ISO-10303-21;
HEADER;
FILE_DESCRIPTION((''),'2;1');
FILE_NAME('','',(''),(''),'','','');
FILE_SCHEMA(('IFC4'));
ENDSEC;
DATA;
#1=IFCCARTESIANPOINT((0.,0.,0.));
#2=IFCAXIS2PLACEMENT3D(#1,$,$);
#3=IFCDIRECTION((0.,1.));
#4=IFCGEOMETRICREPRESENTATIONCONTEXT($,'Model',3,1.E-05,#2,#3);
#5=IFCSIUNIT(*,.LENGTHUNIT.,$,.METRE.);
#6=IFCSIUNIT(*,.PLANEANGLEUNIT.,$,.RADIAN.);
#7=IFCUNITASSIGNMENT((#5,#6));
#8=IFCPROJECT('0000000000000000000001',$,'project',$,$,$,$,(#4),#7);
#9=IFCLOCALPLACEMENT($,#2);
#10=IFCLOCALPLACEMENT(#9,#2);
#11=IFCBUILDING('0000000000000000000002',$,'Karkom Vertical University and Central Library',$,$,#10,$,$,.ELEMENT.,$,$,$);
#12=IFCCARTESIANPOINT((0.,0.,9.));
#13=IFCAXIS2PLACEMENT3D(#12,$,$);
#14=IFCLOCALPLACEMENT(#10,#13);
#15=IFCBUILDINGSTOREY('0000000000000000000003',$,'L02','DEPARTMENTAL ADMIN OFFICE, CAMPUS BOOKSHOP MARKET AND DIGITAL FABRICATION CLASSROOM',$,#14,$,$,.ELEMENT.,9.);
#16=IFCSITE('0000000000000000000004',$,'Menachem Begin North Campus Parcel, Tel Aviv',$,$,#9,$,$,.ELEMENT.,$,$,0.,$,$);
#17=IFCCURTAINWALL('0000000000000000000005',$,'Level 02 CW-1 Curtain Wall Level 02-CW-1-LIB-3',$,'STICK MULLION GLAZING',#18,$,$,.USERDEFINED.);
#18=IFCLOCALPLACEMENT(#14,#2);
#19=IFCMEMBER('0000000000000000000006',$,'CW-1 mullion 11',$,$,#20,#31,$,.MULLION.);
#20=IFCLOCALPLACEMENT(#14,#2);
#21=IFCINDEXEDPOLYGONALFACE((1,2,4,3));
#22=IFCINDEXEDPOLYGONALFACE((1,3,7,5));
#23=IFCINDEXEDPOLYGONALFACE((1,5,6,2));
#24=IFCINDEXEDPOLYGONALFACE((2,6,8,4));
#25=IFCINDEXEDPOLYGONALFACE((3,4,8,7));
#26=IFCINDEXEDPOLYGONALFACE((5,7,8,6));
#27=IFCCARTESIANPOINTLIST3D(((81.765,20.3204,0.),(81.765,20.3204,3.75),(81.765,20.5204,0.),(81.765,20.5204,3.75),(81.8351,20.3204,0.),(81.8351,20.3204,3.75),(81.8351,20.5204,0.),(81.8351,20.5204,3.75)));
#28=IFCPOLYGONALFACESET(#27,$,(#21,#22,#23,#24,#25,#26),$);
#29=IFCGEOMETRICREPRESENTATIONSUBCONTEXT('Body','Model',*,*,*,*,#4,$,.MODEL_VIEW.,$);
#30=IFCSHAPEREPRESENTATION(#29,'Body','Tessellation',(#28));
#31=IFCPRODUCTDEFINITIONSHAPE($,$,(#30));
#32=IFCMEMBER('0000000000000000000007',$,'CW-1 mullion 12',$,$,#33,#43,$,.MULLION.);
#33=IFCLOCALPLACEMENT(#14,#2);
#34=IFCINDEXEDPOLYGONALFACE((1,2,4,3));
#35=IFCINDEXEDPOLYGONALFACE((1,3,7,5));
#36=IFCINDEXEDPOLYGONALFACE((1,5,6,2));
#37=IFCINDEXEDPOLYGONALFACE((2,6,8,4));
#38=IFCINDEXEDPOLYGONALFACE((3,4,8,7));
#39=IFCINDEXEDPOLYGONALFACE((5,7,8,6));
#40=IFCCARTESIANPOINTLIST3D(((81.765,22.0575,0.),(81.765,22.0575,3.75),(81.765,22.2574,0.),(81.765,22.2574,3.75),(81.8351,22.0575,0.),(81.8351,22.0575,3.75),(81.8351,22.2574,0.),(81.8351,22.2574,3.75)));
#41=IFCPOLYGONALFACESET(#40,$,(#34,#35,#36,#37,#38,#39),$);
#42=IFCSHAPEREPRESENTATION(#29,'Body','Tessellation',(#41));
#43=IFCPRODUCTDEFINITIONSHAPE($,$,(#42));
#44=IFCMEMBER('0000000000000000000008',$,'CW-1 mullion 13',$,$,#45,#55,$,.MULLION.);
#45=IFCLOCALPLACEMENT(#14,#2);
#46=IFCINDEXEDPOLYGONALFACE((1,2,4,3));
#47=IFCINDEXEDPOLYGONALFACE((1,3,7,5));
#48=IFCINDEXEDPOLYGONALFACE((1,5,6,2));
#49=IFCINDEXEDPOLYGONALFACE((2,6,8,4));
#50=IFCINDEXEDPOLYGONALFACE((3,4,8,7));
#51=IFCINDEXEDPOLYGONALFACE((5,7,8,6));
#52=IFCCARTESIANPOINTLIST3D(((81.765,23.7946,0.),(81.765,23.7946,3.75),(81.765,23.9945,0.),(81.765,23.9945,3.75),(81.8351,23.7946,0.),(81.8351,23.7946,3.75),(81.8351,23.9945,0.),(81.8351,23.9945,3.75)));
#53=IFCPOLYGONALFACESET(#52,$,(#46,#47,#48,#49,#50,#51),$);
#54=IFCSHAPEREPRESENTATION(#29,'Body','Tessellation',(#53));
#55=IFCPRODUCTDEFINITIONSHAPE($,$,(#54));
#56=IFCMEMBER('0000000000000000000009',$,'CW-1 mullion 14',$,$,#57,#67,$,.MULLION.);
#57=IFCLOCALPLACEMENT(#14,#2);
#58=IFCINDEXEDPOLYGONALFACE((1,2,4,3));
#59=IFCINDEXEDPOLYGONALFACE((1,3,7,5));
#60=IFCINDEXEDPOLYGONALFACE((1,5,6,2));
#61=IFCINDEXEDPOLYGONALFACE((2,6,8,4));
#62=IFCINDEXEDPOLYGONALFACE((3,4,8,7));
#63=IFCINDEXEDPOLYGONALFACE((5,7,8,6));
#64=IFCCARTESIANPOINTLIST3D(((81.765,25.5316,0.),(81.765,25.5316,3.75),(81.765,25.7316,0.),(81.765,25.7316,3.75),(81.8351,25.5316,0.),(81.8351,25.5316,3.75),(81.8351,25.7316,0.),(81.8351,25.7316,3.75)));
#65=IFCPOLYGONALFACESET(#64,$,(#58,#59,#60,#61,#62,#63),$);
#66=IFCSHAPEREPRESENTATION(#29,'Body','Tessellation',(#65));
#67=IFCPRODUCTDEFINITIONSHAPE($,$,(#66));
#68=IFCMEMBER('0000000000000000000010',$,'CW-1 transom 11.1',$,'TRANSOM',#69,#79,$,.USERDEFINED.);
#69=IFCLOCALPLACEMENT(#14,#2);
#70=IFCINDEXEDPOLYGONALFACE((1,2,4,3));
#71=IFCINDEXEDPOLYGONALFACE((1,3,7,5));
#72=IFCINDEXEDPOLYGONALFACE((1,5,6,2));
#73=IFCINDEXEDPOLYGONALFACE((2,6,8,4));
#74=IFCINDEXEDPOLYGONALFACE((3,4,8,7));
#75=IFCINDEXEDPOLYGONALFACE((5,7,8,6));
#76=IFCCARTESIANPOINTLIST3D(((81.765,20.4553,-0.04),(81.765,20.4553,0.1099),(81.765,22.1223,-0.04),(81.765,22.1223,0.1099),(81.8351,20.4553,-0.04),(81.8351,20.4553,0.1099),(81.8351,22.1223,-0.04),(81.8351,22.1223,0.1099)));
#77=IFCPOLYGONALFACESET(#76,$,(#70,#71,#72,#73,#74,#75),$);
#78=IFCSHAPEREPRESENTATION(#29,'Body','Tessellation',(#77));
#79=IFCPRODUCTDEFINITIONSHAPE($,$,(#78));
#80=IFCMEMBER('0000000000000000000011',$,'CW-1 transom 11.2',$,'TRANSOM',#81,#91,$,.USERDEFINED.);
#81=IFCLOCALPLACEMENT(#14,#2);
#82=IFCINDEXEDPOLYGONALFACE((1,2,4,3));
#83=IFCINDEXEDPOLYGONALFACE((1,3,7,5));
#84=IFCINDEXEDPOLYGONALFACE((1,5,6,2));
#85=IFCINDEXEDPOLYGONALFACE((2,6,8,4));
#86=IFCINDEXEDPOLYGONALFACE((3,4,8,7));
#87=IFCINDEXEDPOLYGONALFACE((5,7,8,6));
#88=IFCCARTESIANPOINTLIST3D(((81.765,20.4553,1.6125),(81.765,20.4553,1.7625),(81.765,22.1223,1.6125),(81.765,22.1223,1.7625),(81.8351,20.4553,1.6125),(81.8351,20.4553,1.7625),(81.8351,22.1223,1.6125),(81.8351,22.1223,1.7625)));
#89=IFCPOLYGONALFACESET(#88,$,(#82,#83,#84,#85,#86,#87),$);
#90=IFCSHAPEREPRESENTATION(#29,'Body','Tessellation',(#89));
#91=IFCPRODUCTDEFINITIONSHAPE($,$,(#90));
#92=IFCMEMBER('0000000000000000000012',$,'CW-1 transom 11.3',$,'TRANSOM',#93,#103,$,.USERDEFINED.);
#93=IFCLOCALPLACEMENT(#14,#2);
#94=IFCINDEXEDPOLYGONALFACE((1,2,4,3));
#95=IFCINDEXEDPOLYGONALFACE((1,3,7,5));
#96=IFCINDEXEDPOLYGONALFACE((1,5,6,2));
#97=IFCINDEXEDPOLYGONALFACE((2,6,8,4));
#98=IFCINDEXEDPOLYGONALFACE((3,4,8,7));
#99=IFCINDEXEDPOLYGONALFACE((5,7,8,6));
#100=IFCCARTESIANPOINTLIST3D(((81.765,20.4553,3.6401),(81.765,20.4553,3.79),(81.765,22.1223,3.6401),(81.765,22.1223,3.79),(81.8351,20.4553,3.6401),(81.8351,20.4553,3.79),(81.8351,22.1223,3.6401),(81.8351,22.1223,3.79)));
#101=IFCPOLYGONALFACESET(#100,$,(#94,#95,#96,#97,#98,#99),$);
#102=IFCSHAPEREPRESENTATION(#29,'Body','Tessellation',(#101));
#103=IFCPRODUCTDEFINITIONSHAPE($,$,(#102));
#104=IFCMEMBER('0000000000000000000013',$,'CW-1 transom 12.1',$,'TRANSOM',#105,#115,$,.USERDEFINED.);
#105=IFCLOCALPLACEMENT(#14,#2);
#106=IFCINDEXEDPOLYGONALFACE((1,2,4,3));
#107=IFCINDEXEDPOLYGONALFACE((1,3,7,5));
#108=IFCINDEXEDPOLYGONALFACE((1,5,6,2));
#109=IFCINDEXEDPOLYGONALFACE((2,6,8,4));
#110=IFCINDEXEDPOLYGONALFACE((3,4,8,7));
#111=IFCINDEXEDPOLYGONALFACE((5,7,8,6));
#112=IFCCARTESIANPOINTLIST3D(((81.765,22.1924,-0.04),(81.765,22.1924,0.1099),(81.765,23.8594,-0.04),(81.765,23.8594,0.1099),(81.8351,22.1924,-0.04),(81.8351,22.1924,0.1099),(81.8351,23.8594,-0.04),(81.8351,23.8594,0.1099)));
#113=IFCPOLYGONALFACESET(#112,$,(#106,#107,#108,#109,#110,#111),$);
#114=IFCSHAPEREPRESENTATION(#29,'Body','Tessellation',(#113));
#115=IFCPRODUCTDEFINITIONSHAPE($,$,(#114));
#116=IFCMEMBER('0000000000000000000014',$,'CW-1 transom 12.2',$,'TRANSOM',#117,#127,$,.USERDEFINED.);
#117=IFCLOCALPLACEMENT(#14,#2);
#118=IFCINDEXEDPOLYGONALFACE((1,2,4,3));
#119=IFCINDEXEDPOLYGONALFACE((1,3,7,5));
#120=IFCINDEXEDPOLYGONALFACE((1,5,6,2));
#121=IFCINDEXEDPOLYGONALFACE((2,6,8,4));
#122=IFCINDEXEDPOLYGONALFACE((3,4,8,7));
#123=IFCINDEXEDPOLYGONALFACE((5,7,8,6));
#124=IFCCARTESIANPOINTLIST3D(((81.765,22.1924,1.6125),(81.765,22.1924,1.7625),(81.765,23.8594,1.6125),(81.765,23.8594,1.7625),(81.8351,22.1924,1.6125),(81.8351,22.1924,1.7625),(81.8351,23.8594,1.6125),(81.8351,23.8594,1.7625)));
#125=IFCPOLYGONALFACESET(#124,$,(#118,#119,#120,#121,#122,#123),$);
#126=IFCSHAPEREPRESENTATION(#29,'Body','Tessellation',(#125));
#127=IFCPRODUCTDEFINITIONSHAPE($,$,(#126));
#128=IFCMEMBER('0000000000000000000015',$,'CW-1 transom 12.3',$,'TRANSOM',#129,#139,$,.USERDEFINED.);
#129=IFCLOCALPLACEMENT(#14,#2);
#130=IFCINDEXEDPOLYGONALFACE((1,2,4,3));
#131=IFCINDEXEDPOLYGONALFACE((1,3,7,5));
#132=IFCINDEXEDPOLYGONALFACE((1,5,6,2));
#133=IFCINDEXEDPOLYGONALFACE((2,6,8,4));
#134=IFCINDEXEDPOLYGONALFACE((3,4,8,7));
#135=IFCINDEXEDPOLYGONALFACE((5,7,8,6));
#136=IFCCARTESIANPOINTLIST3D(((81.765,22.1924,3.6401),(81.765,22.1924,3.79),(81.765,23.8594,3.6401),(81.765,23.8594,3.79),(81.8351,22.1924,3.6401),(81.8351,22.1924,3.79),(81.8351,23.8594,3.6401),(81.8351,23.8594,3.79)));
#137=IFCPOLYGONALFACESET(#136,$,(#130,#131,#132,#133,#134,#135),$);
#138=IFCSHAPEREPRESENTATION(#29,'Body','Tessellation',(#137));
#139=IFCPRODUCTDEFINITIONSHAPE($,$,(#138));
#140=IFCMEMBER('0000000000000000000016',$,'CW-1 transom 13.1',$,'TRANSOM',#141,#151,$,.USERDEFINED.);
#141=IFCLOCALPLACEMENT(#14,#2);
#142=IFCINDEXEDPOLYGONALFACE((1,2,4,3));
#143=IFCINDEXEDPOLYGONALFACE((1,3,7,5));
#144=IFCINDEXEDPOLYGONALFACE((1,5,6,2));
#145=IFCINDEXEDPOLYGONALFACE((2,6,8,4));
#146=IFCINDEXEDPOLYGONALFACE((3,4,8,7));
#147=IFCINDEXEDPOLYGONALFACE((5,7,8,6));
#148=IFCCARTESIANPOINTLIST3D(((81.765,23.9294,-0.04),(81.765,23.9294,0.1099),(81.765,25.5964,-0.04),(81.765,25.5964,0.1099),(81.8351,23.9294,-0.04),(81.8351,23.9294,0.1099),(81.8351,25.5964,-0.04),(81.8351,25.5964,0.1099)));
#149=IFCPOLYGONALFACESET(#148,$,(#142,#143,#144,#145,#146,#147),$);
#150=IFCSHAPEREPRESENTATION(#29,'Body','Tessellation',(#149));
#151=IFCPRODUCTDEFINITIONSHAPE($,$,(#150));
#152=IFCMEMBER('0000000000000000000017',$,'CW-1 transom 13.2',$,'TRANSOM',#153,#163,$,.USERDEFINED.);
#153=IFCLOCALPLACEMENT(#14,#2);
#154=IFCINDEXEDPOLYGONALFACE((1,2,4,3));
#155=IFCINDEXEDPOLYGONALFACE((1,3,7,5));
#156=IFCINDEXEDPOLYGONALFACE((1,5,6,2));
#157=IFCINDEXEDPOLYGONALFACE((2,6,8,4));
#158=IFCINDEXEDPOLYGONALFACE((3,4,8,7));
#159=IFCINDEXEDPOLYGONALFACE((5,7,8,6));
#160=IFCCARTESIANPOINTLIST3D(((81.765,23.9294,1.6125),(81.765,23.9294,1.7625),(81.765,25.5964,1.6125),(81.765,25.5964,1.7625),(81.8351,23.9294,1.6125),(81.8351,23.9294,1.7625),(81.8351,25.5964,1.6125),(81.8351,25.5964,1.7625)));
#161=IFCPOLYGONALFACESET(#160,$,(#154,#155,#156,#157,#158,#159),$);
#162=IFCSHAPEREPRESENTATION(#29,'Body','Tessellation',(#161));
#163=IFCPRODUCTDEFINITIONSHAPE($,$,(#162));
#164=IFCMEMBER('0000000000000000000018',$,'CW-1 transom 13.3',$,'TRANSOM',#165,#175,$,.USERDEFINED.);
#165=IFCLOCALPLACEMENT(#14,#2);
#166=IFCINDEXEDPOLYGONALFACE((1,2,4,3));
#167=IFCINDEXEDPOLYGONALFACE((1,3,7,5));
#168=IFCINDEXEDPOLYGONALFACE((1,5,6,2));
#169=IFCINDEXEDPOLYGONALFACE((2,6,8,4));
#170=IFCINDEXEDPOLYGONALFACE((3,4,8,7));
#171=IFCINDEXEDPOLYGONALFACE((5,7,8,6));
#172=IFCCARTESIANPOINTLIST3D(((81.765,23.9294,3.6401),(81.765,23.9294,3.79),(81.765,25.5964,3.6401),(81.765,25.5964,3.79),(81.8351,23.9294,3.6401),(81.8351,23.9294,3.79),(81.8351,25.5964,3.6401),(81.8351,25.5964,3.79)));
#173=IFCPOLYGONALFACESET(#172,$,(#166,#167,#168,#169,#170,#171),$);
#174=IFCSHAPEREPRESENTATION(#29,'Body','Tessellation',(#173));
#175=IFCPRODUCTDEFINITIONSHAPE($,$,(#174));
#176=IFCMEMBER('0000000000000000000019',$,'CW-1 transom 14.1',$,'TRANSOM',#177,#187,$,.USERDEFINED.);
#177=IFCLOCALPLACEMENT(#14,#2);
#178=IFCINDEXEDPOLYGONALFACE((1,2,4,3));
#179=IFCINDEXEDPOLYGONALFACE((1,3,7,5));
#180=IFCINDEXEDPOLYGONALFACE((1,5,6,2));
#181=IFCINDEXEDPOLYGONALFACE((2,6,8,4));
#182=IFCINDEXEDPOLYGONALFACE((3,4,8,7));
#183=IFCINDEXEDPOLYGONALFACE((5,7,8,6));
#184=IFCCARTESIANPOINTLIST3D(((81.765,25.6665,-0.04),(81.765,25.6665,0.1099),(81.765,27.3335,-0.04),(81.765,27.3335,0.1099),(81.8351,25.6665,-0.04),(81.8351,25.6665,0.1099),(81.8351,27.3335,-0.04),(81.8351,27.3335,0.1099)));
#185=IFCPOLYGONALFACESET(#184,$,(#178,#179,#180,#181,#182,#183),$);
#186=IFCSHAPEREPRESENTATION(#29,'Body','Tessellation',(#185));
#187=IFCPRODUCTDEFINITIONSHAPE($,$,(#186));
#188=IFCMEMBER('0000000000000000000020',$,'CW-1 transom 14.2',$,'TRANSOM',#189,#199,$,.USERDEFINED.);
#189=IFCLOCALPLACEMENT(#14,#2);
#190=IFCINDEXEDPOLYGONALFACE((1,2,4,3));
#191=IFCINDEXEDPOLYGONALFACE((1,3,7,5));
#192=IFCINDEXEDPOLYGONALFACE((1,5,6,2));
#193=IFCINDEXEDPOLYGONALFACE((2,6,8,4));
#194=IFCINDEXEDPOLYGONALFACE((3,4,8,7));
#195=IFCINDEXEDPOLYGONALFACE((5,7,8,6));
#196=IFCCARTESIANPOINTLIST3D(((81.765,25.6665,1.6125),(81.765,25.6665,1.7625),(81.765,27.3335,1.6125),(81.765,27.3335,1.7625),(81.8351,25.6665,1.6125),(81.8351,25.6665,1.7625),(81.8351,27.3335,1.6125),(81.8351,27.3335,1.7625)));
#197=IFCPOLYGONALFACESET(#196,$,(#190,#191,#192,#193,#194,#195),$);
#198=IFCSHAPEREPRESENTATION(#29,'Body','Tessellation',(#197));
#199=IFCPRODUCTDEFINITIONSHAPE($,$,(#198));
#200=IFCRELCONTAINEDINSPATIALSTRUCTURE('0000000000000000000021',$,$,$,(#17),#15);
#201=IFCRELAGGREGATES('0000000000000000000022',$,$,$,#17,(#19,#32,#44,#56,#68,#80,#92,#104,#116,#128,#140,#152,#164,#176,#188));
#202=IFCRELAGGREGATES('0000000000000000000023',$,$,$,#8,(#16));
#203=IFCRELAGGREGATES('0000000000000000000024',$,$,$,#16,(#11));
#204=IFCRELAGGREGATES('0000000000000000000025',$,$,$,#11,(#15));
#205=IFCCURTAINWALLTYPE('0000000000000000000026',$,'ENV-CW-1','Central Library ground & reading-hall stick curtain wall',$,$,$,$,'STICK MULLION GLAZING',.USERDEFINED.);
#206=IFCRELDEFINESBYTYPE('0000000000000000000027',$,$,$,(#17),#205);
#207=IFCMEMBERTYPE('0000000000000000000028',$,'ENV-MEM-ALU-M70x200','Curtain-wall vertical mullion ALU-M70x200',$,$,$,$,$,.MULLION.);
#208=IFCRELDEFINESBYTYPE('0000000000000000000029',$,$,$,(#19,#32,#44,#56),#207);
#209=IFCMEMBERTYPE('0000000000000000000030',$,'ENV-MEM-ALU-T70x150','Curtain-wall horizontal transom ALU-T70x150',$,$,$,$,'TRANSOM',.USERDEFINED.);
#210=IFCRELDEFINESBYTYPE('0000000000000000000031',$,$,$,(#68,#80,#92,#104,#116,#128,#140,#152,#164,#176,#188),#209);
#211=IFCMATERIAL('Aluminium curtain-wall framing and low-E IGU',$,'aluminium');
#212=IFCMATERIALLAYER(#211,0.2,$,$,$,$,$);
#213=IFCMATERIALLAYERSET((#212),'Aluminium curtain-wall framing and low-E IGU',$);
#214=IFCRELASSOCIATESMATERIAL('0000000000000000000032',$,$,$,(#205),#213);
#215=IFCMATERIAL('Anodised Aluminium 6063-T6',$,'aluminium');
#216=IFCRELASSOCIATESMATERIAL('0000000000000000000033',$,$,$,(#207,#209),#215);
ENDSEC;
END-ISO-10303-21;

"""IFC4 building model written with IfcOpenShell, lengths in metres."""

from ifc_helpers import new_model, si_unit, direction, frame, origin, origin_with_axes, origin_2d, place, context, subcontext, project, spatial, rectangle, extrude, source, transform, mapped, material, layer, layer_set, material_profile, profile_set, type_object, element, aggregate, save


model = new_model("IFC4")

# Units and contexts
model_context = context("Model", 3, precision=1e-05, world=origin(), true_north=direction((0.0, 1.0)))
body_context = subcontext(model_context, "Body", "Model", "MODEL_VIEW")
ifc_project = project(units=[si_unit("LENGTHUNIT", "METRE"), si_unit("PLANEANGLEUNIT", "RADIAN")], contexts=[model_context])

# Site, building, storey
site_placement = place(None, origin())
site = spatial("IfcSite", under=ifc_project, at=site_placement, Name="Menachem Begin North Campus Parcel, Tel Aviv", CompositionType="ELEMENT", RefElevation=0.0)
building_placement = place(site_placement, origin())
building = spatial("IfcBuilding", under=site, at=building_placement, Name="Karkom Vertical University and Central Library", CompositionType="ELEMENT")
storey_placement = place(building_placement, frame((0.0, 0.0, 9.0)))
storey = spatial("IfcBuildingStorey", under=building, at=storey_placement, Name="L02", Description="DEPARTMENTAL ADMIN OFFICE, CAMPUS BOOKSHOP MARKET AND DIGITAL FABRICATION CLASSROOM", CompositionType="ELEMENT", Elevation=9.0)

# Curtain wall, members
ifc_material_1 = material(Name="Aluminium curtain-wall framing and low-E IGU", Category="aluminium")
ifc_layer_1 = layer(ifc_material_1, 0.2)
ifc_layer_set_1 = layer_set([ifc_layer_1], Name="Aluminium curtain-wall framing and low-E IGU")
curtain_wall_type = type_object("IfcCurtainWallType", Name="ENV-CW-1", Description="Central Library ground & reading-hall stick curtain wall", ElementType="STICK MULLION GLAZING", PredefinedType="USERDEFINED", material=ifc_layer_set_1)
curtain_wall_placement = place(storey_placement, origin())
curtain_wall = element("IfcCurtainWall", 1, at=curtain_wall_placement, inside=storey, type_object=curtain_wall_type, Name="Level 02 CW-1 Curtain Wall Level 02-CW-1-LIB-3", ObjectType="STICK MULLION GLAZING", PredefinedType="USERDEFINED")
ifc_material_2 = material(Name="Anodised Aluminium 6063-T6", Category="aluminium")
ifc_material_profile_1 = material_profile(ifc_material_2, rectangle(XDim=0.0701, YDim=0.2, at=origin_2d()), Name="ALU-M70x200")
ifc_profile_set_1 = profile_set([ifc_material_profile_1], Name="Anodised Aluminium 6063-T6")
member_type_1 = type_object("IfcMemberType", Name="ENV-MEM-ALU-M70x200", Description="Curtain-wall vertical mullion ALU-M70x200", PredefinedType="MULLION", material=ifc_profile_set_1)
shared_shape_1 = source(origin_with_axes(), body_context, "Body", "SweptSolid", [
    extrude(rectangle(XDim=0.0701, YDim=0.2, at=origin_2d()), origin(), (0.0, 0.0, 1.0), 3.75),
])
member_1_placement = place(storey_placement, frame((81.8, 20.4204, 0.0), z_axis=(0.0, 0.0, 1.0), x_axis=(-1.0, 0.0, 0.0)))
member_1 = element("IfcMember", 2, at=member_1_placement, type_object=member_type_1, Name="CW-1 mullion 11", PredefinedType="MULLION", context=body_context, shape_type="MappedRepresentation", body=[
    mapped(shared_shape_1, transform((0.0, 0.0, 0.0), scale=1.0)),
])
member_2_placement = place(storey_placement, frame((81.8, 22.1575, 0.0), z_axis=(0.0, 0.0, 1.0), x_axis=(-1.0, 0.0, 0.0)))
member_2 = element("IfcMember", 3, at=member_2_placement, type_object=member_type_1, Name="CW-1 mullion 12", PredefinedType="MULLION", context=body_context, shape_type="MappedRepresentation", body=[
    mapped(shared_shape_1, transform((0.0, 0.0, 0.0), scale=1.0)),
])
member_3_placement = place(storey_placement, frame((81.8, 23.8945, 0.0), z_axis=(0.0, 0.0, 1.0), x_axis=(-1.0, 0.0, 0.0)))
member_3 = element("IfcMember", 4, at=member_3_placement, type_object=member_type_1, Name="CW-1 mullion 13", PredefinedType="MULLION", context=body_context, shape_type="MappedRepresentation", body=[
    mapped(shared_shape_1, transform((0.0, 0.0, 0.0), scale=1.0)),
])
member_4_placement = place(storey_placement, frame((81.8, 25.6316, 0.0), z_axis=(0.0, 0.0, 1.0), x_axis=(-1.0, 0.0, 0.0)))
member_4 = element("IfcMember", 5, at=member_4_placement, type_object=member_type_1, Name="CW-1 mullion 14", PredefinedType="MULLION", context=body_context, shape_type="MappedRepresentation", body=[
    mapped(shared_shape_1, transform((0.0, 0.0, 0.0), scale=1.0)),
])
ifc_material_profile_2 = material_profile(ifc_material_2, rectangle(XDim=0.0701, YDim=0.1499, at=origin_2d()), Name="ALU-T70x150")
ifc_profile_set_2 = profile_set([ifc_material_profile_2], Name="Anodised Aluminium 6063-T6")
member_type_2 = type_object("IfcMemberType", Name="ENV-MEM-ALU-T70x150", Description="Curtain-wall horizontal transom ALU-T70x150", ElementType="TRANSOM", PredefinedType="USERDEFINED", material=ifc_profile_set_2)
shared_shape_2 = source(origin_with_axes(), body_context, "Body", "SweptSolid", [
    extrude(rectangle(XDim=0.0701, YDim=0.1499, at=origin_2d()), origin(), (0.0, 0.0, 1.0), 1.667),
])
member_5_placement = place(storey_placement, frame((81.8, 20.4553, 0.0349), z_axis=(0.0, 1.0, 0.0), x_axis=(-1.0, 0.0, 0.0)))
member_5 = element("IfcMember", 6, at=member_5_placement, type_object=member_type_2, Name="CW-1 transom 11.1", ObjectType="TRANSOM", PredefinedType="USERDEFINED", context=body_context, shape_type="MappedRepresentation", body=[
    mapped(shared_shape_2, transform((0.0, 0.0, 0.0), scale=1.0)),
])
member_6_placement = place(storey_placement, frame((81.8, 20.4553, 1.6875), z_axis=(0.0, 1.0, 0.0), x_axis=(-1.0, 0.0, 0.0)))
member_6 = element("IfcMember", 7, at=member_6_placement, type_object=member_type_2, Name="CW-1 transom 11.2", ObjectType="TRANSOM", PredefinedType="USERDEFINED", context=body_context, shape_type="MappedRepresentation", body=[
    mapped(shared_shape_2, transform((0.0, 0.0, 0.0), scale=1.0)),
])
member_7_placement = place(storey_placement, frame((81.8, 20.4553, 3.7151), z_axis=(0.0, 1.0, 0.0), x_axis=(-1.0, 0.0, 0.0)))
member_7 = element("IfcMember", 8, at=member_7_placement, type_object=member_type_2, Name="CW-1 transom 11.3", ObjectType="TRANSOM", PredefinedType="USERDEFINED", context=body_context, shape_type="MappedRepresentation", body=[
    mapped(shared_shape_2, transform((0.0, 0.0, 0.0), scale=1.0)),
])
member_8_placement = place(storey_placement, frame((81.8, 22.1924, 0.0349), z_axis=(0.0, 1.0, 0.0), x_axis=(-1.0, 0.0, 0.0)))
member_8 = element("IfcMember", 9, at=member_8_placement, type_object=member_type_2, Name="CW-1 transom 12.1", ObjectType="TRANSOM", PredefinedType="USERDEFINED", context=body_context, shape_type="MappedRepresentation", body=[
    mapped(shared_shape_2, transform((0.0, 0.0, 0.0), scale=1.0)),
])
member_9_placement = place(storey_placement, frame((81.8, 22.1924, 1.6875), z_axis=(0.0, 1.0, 0.0), x_axis=(-1.0, 0.0, 0.0)))
member_9 = element("IfcMember", 10, at=member_9_placement, type_object=member_type_2, Name="CW-1 transom 12.2", ObjectType="TRANSOM", PredefinedType="USERDEFINED", context=body_context, shape_type="MappedRepresentation", body=[
    mapped(shared_shape_2, transform((0.0, 0.0, 0.0), scale=1.0)),
])
member_10_placement = place(storey_placement, frame((81.8, 22.1924, 3.7151), z_axis=(0.0, 1.0, 0.0), x_axis=(-1.0, 0.0, 0.0)))
member_10 = element("IfcMember", 11, at=member_10_placement, type_object=member_type_2, Name="CW-1 transom 12.3", ObjectType="TRANSOM", PredefinedType="USERDEFINED", context=body_context, shape_type="MappedRepresentation", body=[
    mapped(shared_shape_2, transform((0.0, 0.0, 0.0), scale=1.0)),
])
member_11_placement = place(storey_placement, frame((81.8, 23.9294, 0.0349), z_axis=(0.0, 1.0, 0.0), x_axis=(-1.0, 0.0, 0.0)))
member_11 = element("IfcMember", 12, at=member_11_placement, type_object=member_type_2, Name="CW-1 transom 13.1", ObjectType="TRANSOM", PredefinedType="USERDEFINED", context=body_context, shape_type="MappedRepresentation", body=[
    mapped(shared_shape_2, transform((0.0, 0.0, 0.0), scale=1.0)),
])
member_12_placement = place(storey_placement, frame((81.8, 23.9294, 1.6875), z_axis=(0.0, 1.0, 0.0), x_axis=(-1.0, 0.0, 0.0)))
member_12 = element("IfcMember", 13, at=member_12_placement, type_object=member_type_2, Name="CW-1 transom 13.2", ObjectType="TRANSOM", PredefinedType="USERDEFINED", context=body_context, shape_type="MappedRepresentation", body=[
    mapped(shared_shape_2, transform((0.0, 0.0, 0.0), scale=1.0)),
])
member_13_placement = place(storey_placement, frame((81.8, 23.9294, 3.7151), z_axis=(0.0, 1.0, 0.0), x_axis=(-1.0, 0.0, 0.0)))
member_13 = element("IfcMember", 14, at=member_13_placement, type_object=member_type_2, Name="CW-1 transom 13.3", ObjectType="TRANSOM", PredefinedType="USERDEFINED", context=body_context, shape_type="MappedRepresentation", body=[
    mapped(shared_shape_2, transform((0.0, 0.0, 0.0), scale=1.0)),
])
member_14_placement = place(storey_placement, frame((81.8, 25.6665, 0.0349), z_axis=(0.0, 1.0, 0.0), x_axis=(-1.0, 0.0, 0.0)))
member_14 = element("IfcMember", 15, at=member_14_placement, type_object=member_type_2, Name="CW-1 transom 14.1", ObjectType="TRANSOM", PredefinedType="USERDEFINED", context=body_context, shape_type="MappedRepresentation", body=[
    mapped(shared_shape_2, transform((0.0, 0.0, 0.0), scale=1.0)),
])
member_15_placement = place(storey_placement, frame((81.8, 25.6665, 1.6875), z_axis=(0.0, 1.0, 0.0), x_axis=(-1.0, 0.0, 0.0)))
member_15 = element("IfcMember", 16, at=member_15_placement, type_object=member_type_2, Name="CW-1 transom 14.2", ObjectType="TRANSOM", PredefinedType="USERDEFINED", context=body_context, shape_type="MappedRepresentation", body=[
    mapped(shared_shape_2, transform((0.0, 0.0, 0.0), scale=1.0)),
])
aggregate(curtain_wall, [member_1, member_2, member_3, member_4, member_5, member_6, member_7, member_8, member_9, member_10, member_11, member_12, member_13, member_14, member_15])

save(model, "model.ifc")
